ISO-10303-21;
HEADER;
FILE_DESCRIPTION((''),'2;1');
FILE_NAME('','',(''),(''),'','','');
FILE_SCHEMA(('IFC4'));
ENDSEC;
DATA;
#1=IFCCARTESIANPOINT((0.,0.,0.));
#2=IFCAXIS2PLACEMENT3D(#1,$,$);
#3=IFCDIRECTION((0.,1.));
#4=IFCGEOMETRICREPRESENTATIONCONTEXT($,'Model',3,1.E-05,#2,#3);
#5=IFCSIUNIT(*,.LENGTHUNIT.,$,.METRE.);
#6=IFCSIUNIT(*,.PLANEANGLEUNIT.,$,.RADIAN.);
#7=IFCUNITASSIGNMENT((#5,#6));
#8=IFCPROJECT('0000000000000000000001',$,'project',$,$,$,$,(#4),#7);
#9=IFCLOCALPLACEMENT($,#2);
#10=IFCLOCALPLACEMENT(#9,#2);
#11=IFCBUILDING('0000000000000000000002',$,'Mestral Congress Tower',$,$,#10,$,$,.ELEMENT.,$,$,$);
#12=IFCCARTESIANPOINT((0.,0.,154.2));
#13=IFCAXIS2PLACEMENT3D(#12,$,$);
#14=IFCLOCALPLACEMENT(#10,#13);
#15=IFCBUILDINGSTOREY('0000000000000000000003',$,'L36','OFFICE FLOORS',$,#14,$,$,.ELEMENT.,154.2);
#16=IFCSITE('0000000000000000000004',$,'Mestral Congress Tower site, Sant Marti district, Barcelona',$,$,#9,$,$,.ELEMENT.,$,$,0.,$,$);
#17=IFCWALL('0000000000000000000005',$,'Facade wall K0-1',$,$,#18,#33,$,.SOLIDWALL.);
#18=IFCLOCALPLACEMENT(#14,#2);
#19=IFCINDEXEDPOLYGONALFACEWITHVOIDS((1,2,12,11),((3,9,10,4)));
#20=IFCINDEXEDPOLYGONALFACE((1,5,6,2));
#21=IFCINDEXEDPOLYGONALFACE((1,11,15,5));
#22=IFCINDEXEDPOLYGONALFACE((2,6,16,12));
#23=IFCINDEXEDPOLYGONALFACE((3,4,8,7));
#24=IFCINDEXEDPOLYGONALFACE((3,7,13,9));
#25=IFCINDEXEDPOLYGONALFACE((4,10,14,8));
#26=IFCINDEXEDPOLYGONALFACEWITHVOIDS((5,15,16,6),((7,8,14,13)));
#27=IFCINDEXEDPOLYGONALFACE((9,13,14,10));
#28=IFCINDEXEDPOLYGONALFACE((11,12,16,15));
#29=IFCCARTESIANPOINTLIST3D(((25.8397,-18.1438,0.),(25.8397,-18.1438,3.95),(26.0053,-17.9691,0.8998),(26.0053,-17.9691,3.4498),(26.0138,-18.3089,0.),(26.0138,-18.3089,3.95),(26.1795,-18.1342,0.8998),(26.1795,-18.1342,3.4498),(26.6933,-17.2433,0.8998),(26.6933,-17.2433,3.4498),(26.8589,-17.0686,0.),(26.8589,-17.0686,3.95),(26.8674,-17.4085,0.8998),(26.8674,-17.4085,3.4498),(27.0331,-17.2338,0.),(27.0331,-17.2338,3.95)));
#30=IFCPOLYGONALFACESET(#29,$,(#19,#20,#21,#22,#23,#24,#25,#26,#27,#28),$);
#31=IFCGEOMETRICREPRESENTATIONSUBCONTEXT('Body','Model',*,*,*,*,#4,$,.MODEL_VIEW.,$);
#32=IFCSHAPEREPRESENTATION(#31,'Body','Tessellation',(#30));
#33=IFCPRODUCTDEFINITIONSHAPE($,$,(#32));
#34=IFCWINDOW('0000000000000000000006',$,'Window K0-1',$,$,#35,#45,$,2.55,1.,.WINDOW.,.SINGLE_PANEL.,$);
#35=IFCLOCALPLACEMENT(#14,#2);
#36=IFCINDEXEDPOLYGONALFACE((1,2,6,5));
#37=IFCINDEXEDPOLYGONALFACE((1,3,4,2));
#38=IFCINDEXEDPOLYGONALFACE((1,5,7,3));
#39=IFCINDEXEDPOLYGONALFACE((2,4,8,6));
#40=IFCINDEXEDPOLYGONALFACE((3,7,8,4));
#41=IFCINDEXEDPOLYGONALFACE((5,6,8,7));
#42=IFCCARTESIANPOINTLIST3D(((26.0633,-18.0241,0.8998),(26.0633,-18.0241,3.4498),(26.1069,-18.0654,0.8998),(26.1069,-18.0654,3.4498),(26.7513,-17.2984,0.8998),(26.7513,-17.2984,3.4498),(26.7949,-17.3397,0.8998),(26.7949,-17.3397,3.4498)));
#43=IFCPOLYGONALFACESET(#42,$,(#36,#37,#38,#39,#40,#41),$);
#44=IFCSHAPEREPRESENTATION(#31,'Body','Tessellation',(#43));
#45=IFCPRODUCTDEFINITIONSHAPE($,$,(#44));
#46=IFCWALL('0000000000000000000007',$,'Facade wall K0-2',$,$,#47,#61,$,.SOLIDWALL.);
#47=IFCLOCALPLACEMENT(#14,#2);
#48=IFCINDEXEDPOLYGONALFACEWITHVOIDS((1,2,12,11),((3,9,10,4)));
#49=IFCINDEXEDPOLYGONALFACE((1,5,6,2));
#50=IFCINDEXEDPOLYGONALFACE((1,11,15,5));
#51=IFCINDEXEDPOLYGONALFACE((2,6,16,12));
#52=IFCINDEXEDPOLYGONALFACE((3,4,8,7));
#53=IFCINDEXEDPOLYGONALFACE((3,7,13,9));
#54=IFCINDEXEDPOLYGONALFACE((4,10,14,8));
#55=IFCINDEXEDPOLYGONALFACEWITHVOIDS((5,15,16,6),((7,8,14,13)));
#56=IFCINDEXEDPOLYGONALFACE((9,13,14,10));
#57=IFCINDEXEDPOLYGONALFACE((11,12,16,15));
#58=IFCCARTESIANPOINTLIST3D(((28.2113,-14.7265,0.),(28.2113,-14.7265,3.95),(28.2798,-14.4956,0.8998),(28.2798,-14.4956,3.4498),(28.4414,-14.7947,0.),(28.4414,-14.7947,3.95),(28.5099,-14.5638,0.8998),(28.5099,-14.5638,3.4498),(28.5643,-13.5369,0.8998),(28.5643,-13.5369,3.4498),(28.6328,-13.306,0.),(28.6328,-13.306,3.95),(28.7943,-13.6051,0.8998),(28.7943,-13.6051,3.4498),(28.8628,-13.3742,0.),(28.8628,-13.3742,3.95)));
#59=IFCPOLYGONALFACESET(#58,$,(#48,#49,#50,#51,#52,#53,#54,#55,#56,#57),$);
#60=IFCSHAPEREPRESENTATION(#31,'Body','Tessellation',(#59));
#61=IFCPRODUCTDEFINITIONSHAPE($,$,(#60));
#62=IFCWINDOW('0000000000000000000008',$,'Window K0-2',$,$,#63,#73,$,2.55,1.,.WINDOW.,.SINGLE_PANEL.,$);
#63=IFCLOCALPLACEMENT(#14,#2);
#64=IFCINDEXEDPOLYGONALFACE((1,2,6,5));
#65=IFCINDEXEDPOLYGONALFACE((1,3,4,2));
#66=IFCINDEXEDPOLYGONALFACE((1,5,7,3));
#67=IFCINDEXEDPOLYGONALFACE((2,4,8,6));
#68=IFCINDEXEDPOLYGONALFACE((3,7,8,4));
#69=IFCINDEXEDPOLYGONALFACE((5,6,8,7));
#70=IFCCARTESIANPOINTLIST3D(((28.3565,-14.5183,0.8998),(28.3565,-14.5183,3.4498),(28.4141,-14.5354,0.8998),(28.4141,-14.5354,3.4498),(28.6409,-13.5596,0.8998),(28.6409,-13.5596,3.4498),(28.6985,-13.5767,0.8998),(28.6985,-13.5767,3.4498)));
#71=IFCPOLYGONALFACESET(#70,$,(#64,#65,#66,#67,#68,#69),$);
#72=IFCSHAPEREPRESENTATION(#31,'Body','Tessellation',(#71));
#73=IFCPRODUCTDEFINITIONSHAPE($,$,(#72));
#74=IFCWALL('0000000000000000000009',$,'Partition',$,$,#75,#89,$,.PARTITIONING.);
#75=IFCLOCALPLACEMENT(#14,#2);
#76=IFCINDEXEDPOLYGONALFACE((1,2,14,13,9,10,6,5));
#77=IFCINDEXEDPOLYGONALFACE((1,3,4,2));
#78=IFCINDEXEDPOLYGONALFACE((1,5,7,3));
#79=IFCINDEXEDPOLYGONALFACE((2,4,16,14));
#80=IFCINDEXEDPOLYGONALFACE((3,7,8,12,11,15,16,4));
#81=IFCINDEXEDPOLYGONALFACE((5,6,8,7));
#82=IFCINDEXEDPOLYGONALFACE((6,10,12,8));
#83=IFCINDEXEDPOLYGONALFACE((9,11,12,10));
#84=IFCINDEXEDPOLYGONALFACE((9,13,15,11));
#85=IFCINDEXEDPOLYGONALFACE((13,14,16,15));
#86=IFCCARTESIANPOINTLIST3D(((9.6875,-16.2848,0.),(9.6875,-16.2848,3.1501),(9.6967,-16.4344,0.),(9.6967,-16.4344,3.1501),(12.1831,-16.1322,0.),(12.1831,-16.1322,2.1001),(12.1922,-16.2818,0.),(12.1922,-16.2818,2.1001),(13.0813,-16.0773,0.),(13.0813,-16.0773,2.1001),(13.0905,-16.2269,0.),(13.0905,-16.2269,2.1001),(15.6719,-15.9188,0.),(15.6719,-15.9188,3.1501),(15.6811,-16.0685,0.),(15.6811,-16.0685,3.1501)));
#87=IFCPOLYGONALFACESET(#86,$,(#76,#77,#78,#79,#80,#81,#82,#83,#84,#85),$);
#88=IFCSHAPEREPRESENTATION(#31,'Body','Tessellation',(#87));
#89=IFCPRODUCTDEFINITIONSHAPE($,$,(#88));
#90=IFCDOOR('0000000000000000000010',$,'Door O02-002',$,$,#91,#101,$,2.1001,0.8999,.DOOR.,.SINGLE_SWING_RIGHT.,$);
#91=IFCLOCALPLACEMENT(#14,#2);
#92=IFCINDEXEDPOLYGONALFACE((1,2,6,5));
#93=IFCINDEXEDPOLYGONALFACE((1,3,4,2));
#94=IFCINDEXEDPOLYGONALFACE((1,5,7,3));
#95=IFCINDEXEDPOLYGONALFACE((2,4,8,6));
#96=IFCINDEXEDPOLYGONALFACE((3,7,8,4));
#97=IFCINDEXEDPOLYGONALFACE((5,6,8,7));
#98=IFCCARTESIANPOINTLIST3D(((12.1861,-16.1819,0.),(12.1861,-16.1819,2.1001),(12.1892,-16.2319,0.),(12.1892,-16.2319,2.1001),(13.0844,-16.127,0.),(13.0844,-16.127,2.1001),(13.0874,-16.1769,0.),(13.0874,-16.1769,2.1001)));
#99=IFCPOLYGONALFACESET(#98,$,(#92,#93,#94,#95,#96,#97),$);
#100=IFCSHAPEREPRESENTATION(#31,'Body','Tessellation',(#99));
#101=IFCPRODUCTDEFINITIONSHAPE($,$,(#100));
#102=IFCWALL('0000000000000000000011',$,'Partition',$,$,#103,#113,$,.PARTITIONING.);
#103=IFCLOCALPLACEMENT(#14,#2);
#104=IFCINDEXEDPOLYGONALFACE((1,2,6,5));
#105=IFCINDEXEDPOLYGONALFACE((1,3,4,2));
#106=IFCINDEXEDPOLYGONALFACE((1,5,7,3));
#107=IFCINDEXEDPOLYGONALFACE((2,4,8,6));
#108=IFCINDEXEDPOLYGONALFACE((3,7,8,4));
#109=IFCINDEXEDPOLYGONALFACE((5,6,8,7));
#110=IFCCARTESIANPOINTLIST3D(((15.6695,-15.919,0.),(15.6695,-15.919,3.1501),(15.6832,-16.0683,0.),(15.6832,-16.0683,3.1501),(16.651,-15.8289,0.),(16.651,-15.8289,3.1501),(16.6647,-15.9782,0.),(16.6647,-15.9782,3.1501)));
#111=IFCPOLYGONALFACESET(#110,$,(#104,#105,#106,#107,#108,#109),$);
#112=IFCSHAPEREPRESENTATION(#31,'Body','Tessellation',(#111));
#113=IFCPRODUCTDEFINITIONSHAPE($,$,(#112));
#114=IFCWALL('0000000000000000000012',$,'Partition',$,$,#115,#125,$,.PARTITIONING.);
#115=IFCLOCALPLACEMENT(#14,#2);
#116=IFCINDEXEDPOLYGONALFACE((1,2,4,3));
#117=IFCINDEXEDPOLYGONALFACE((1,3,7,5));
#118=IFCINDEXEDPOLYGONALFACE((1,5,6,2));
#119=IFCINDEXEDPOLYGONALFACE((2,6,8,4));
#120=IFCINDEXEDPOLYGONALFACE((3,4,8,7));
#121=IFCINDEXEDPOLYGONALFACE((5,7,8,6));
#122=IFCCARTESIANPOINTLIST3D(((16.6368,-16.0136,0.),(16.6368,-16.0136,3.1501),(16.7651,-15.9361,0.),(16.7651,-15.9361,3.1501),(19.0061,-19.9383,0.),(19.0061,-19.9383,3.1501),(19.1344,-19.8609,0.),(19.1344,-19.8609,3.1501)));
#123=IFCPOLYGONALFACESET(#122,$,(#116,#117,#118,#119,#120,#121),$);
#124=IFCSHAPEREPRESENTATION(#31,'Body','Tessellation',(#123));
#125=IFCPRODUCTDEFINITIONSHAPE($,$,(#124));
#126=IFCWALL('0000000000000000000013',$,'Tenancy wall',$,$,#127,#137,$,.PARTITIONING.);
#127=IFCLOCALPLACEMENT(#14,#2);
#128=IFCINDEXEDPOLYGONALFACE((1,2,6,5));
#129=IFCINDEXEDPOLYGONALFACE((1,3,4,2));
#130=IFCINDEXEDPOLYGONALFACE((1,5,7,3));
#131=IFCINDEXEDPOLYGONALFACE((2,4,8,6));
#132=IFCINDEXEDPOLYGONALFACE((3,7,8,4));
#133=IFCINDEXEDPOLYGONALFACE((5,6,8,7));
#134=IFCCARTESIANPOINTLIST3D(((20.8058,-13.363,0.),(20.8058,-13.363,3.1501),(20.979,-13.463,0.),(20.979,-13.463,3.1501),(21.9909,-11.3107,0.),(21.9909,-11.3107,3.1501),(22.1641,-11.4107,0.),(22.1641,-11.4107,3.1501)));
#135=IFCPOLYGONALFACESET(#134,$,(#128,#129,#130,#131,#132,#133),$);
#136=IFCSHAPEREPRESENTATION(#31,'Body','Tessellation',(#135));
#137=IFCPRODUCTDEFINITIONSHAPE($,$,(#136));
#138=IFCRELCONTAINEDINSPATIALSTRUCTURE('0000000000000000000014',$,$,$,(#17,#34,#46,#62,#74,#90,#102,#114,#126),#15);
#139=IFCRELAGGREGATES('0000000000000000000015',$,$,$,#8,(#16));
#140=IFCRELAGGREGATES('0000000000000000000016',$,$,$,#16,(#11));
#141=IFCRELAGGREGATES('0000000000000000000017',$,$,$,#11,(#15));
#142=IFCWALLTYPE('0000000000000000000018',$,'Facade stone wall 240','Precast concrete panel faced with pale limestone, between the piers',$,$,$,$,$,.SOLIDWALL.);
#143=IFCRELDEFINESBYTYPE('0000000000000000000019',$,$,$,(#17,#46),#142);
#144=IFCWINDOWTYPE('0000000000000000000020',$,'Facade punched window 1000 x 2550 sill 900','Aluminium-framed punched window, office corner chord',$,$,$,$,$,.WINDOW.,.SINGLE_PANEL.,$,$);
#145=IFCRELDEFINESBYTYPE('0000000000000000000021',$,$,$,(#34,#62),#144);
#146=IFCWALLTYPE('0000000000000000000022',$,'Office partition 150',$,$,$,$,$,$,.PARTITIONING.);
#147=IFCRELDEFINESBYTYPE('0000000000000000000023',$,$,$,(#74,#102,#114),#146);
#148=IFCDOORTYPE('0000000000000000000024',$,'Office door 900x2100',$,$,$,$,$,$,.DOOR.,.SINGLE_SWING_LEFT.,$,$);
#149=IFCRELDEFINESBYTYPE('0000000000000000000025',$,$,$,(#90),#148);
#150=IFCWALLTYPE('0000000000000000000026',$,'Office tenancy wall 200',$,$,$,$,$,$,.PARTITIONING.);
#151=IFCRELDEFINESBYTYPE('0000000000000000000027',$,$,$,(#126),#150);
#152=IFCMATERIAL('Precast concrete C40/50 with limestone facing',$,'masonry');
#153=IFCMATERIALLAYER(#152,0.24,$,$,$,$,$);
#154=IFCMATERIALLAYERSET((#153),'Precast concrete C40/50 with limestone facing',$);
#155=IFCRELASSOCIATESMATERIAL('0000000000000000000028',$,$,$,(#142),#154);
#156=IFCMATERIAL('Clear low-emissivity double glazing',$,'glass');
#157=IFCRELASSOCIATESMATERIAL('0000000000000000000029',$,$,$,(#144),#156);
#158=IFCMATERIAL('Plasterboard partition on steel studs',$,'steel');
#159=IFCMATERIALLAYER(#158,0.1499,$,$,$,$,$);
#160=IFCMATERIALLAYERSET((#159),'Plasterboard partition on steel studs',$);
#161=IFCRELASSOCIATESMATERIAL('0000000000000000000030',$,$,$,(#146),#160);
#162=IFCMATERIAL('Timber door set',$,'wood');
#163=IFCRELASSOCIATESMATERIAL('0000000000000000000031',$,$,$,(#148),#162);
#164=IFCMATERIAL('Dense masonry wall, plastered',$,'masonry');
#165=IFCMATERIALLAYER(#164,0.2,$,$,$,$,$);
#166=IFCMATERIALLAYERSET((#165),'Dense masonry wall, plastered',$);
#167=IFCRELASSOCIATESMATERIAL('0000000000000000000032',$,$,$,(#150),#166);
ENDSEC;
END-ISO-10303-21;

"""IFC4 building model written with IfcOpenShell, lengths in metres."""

from ifc_helpers import new_model, si_unit, direction, frame, frame_2d, origin, place, context, subcontext, project, spatial, rectangle, extrude, material, layer, layer_set, type_object, element, fill, save


model = new_model("IFC4")

# Units and contexts
model_context = context("Model", 3, precision=1e-05, world=origin(), true_north=direction((0.0, 1.0)))
body_context = subcontext(model_context, "Body", "Model", "MODEL_VIEW")
ifc_project = project(units=[si_unit("LENGTHUNIT", "METRE"), si_unit("PLANEANGLEUNIT", "RADIAN")], contexts=[model_context])

# Site, building, storey
site_placement = place(None, origin())
site = spatial("IfcSite", under=ifc_project, at=site_placement, Name="Mestral Congress Tower site, Sant Marti district, Barcelona", CompositionType="ELEMENT", RefElevation=0.0)
building_placement = place(site_placement, origin())
building = spatial("IfcBuilding", under=site, at=building_placement, Name="Mestral Congress Tower", CompositionType="ELEMENT")
storey_placement = place(building_placement, frame((0.0, 0.0, 154.2)))
storey = spatial("IfcBuildingStorey", under=building, at=storey_placement, Name="L36", Description="OFFICE FLOORS", CompositionType="ELEMENT", Elevation=154.2)

# Shared definitions
ifc_material_1 = material(Name="Precast concrete C40/50 with limestone facing", Category="masonry")
ifc_layer_1 = layer(ifc_material_1, 0.24)
ifc_layer_set_1 = layer_set([ifc_layer_1], Name="Precast concrete C40/50 with limestone facing")
wall_type_1 = type_object("IfcWallType", Name="Facade stone wall 240", Description="Precast concrete panel faced with pale limestone, between the piers", PredefinedType="SOLIDWALL", material=ifc_layer_set_1)
ifc_material_2 = material(Name="Clear low-emissivity double glazing", Category="glass")

# Walls, openings, windows
window_type_1 = type_object("IfcWindowType", Name="Facade punched window 1000 x 2550 sill 900", Description="Aluminium-framed punched window, office corner chord", PartitioningType="SINGLE_PANEL", PredefinedType="WINDOW", material=ifc_material_2)
wall_1_placement = place(storey_placement, frame((25.9268, -18.2263, 0.0), z_axis=(0.0, 0.0, 1.0), x_axis=(0.687987, 0.725723, 0.0)))
wall_1 = element("IfcWall", 1, at=wall_1_placement, inside=storey, type_object=wall_type_1, Name="Facade wall K0-1", PredefinedType="SOLIDWALL", context=body_context, shape_type="SweptSolid", body=[
    extrude(rectangle(XDim=1.4814, YDim=0.24, at=frame_2d((0.7407, 0.0))), origin(), (0.0, 0.0, 1.0), 3.95),
])
opening_1_placement = place(wall_1_placement, frame((0.2407, 0.0, 0.8999)))
opening_1 = element("IfcOpeningElement", 2, at=opening_1_placement, cuts=wall_1, PredefinedType="OPENING", context=body_context, shape_type="SweptSolid", body=[
    extrude(rectangle(XDim=1.0, YDim=2.55, at=frame_2d((0.5, 1.2749))), frame((0.0, 0.1299, 0.0), z_axis=(0.0, -1.0, 0.0), x_axis=(1.0, 0.0, 0.0)), (0.0, 0.0, 1.0), 0.26),
])
window_1_placement = place(opening_1_placement, origin())
window_1 = element("IfcWindow", 3, at=window_1_placement, inside=storey, type_object=window_type_1, Name="Window K0-1", OverallHeight=2.55, OverallWidth=1.0, PartitioningType="SINGLE_PANEL", PredefinedType="WINDOW", context=body_context, shape_type="SweptSolid", body=[
    extrude(rectangle(XDim=1.0, YDim=2.55, at=frame_2d((0.5, 1.2749))), frame((0.0, 0.04, 0.0), z_axis=(0.0, -1.0, 0.0), x_axis=(1.0, 0.0, 0.0)), (0.0, 0.0, 1.0), 0.0601),
])
fill(opening_1, window_1)
wall_2_placement = place(storey_placement, frame((28.3264, -14.7605, 0.0), z_axis=(0.0, 0.0, 1.0), x_axis=(0.284414, 0.958702, 0.0)))
wall_2 = element("IfcWall", 4, at=wall_2_placement, inside=storey, type_object=wall_type_1, Name="Facade wall K0-2", PredefinedType="SOLIDWALL", context=body_context, shape_type="SweptSolid", body=[
    extrude(rectangle(XDim=1.4817, YDim=0.24, at=frame_2d((0.7407, 0.0))), origin(), (0.0, 0.0, 1.0), 3.95),
])
opening_2_placement = place(wall_2_placement, frame((0.2407, 0.0, 0.8999)))
opening_2 = element("IfcOpeningElement", 5, at=opening_2_placement, cuts=wall_2, PredefinedType="OPENING", context=body_context, shape_type="SweptSolid", body=[
    extrude(rectangle(XDim=1.0, YDim=2.55, at=frame_2d((0.5, 1.2749))), frame((0.0, 0.1299, 0.0), z_axis=(0.0, -1.0, 0.0), x_axis=(1.0, 0.0, 0.0)), (0.0, 0.0, 1.0), 0.26),
])
window_2_placement = place(opening_2_placement, origin())
window_2 = element("IfcWindow", 6, at=window_2_placement, inside=storey, type_object=window_type_1, Name="Window K0-2", OverallHeight=2.55, OverallWidth=1.0, PartitioningType="SINGLE_PANEL", PredefinedType="WINDOW", context=body_context, shape_type="SweptSolid", body=[
    extrude(rectangle(XDim=1.0, YDim=2.55, at=frame_2d((0.5, 1.2749))), frame((0.0, 0.04, 0.0), z_axis=(0.0, -1.0, 0.0), x_axis=(1.0, 0.0, 0.0)), (0.0, 0.0, 1.0), 0.0601),
])
fill(opening_2, window_2)

# Wall, opening, door
ifc_material_3 = material(Name="Plasterboard partition on steel studs", Category="steel")
ifc_layer_2 = layer(ifc_material_3, 0.1499)
ifc_layer_set_2 = layer_set([ifc_layer_2], Name="Plasterboard partition on steel studs")
wall_type_2 = type_object("IfcWallType", Name="Office partition 150", PredefinedType="PARTITIONING", material=ifc_layer_set_2)
wall_3_placement = place(storey_placement, frame((15.6765, -15.9937, 0.0), z_axis=(0.0, 0.0, 1.0), x_axis=(-0.998135, -0.06104, 0.0)))
wall_3 = element("IfcWall", 7, at=wall_3_placement, inside=storey, type_object=wall_type_2, Name="Partition", PredefinedType="PARTITIONING", context=body_context, shape_type="SweptSolid", body=[
    extrude(rectangle(XDim=5.9956, YDim=0.1499, at=frame_2d((2.9978, 0.0))), origin(), (0.0, 0.0, 1.0), 3.1501),
])
opening_3_placement = place(wall_3_placement, frame((2.5955, 0.0, 0.0)))
opening_3 = element("IfcOpeningElement", 8, at=opening_3_placement, cuts=wall_3, PredefinedType="OPENING", context=body_context, shape_type="SweptSolid", body=[
    extrude(rectangle(XDim=0.8999, YDim=2.1001, at=frame_2d((0.45, 1.05))), frame((0.0, 0.085, 0.0), z_axis=(0.0, -1.0, 0.0), x_axis=(1.0, 0.0, 0.0)), (0.0, 0.0, 1.0), 0.1699),
])
ifc_material_4 = material(Name="Timber door set", Category="wood")
door_type = type_object("IfcDoorType", Name="Office door 900x2100", OperationType="SINGLE_SWING_LEFT", PredefinedType="DOOR", material=ifc_material_4)
door_placement = place(opening_3_placement, origin())
door = element("IfcDoor", 9, at=door_placement, inside=storey, type_object=door_type, Name="Door O02-002", OperationType="SINGLE_SWING_RIGHT", OverallHeight=2.1001, OverallWidth=0.8999, PredefinedType="DOOR", context=body_context, shape_type="SweptSolid", body=[
    extrude(rectangle(XDim=0.8999, YDim=2.1001, at=frame_2d((0.45, 1.05))), frame((0.0, 0.0249, 0.0), z_axis=(0.0, -1.0, 0.0), x_axis=(1.0, 0.0, 0.0)), (0.0, 0.0, 1.0), 0.05),
])
fill(opening_3, door)

# Walls
wall_4_placement = place(storey_placement, frame((15.6765, -15.9937, 0.0), z_axis=(0.0, 0.0, 1.0), x_axis=(0.995814, 0.091407, 0.0)))
element("IfcWall", 10, at=wall_4_placement, inside=storey, type_object=wall_type_2, Name="Partition", PredefinedType="PARTITIONING", context=body_context, shape_type="SweptSolid", body=[
    extrude(rectangle(XDim=0.9856, YDim=0.1499, at=frame_2d((0.4927, 0.0))), origin(), (0.0, 0.0, 1.0), 3.1501),
])
wall_5_placement = place(storey_placement, frame((16.7009, -15.9749, 0.0), z_axis=(0.0, 0.0, 1.0), x_axis=(0.51682, -0.856094, 0.0)))
element("IfcWall", 11, at=wall_5_placement, inside=storey, type_object=wall_type_2, Name="Partition", PredefinedType="PARTITIONING", context=body_context, shape_type="SweptSolid", body=[
    extrude(rectangle(XDim=4.5845, YDim=0.1499, at=frame_2d((2.2922, 0.0))), origin(), (0.0, 0.0, 1.0), 3.1501),
])
ifc_material_5 = material(Name="Dense masonry wall, plastered", Category="masonry")
ifc_layer_3 = layer(ifc_material_5, 0.2)
ifc_layer_set_3 = layer_set([ifc_layer_3], Name="Dense masonry wall, plastered")
wall_type_3 = type_object("IfcWallType", Name="Office tenancy wall 200", PredefinedType="PARTITIONING", material=ifc_layer_set_3)
wall_6_placement = place(storey_placement, frame((20.8923, -13.4131, 0.0), z_axis=(0.0, 0.0, 1.0), x_axis=(0.500061, 0.86599, 0.0)))
element("IfcWall", 12, at=wall_6_placement, inside=storey, type_object=wall_type_3, Name="Tenancy wall", PredefinedType="PARTITIONING", context=body_context, shape_type="SweptSolid", body=[
    extrude(rectangle(XDim=2.3699, YDim=0.2, at=frame_2d((1.1851, 0.0))), origin(), (0.0, 0.0, 1.0), 3.1501),
])

save(model, "model.ifc")
